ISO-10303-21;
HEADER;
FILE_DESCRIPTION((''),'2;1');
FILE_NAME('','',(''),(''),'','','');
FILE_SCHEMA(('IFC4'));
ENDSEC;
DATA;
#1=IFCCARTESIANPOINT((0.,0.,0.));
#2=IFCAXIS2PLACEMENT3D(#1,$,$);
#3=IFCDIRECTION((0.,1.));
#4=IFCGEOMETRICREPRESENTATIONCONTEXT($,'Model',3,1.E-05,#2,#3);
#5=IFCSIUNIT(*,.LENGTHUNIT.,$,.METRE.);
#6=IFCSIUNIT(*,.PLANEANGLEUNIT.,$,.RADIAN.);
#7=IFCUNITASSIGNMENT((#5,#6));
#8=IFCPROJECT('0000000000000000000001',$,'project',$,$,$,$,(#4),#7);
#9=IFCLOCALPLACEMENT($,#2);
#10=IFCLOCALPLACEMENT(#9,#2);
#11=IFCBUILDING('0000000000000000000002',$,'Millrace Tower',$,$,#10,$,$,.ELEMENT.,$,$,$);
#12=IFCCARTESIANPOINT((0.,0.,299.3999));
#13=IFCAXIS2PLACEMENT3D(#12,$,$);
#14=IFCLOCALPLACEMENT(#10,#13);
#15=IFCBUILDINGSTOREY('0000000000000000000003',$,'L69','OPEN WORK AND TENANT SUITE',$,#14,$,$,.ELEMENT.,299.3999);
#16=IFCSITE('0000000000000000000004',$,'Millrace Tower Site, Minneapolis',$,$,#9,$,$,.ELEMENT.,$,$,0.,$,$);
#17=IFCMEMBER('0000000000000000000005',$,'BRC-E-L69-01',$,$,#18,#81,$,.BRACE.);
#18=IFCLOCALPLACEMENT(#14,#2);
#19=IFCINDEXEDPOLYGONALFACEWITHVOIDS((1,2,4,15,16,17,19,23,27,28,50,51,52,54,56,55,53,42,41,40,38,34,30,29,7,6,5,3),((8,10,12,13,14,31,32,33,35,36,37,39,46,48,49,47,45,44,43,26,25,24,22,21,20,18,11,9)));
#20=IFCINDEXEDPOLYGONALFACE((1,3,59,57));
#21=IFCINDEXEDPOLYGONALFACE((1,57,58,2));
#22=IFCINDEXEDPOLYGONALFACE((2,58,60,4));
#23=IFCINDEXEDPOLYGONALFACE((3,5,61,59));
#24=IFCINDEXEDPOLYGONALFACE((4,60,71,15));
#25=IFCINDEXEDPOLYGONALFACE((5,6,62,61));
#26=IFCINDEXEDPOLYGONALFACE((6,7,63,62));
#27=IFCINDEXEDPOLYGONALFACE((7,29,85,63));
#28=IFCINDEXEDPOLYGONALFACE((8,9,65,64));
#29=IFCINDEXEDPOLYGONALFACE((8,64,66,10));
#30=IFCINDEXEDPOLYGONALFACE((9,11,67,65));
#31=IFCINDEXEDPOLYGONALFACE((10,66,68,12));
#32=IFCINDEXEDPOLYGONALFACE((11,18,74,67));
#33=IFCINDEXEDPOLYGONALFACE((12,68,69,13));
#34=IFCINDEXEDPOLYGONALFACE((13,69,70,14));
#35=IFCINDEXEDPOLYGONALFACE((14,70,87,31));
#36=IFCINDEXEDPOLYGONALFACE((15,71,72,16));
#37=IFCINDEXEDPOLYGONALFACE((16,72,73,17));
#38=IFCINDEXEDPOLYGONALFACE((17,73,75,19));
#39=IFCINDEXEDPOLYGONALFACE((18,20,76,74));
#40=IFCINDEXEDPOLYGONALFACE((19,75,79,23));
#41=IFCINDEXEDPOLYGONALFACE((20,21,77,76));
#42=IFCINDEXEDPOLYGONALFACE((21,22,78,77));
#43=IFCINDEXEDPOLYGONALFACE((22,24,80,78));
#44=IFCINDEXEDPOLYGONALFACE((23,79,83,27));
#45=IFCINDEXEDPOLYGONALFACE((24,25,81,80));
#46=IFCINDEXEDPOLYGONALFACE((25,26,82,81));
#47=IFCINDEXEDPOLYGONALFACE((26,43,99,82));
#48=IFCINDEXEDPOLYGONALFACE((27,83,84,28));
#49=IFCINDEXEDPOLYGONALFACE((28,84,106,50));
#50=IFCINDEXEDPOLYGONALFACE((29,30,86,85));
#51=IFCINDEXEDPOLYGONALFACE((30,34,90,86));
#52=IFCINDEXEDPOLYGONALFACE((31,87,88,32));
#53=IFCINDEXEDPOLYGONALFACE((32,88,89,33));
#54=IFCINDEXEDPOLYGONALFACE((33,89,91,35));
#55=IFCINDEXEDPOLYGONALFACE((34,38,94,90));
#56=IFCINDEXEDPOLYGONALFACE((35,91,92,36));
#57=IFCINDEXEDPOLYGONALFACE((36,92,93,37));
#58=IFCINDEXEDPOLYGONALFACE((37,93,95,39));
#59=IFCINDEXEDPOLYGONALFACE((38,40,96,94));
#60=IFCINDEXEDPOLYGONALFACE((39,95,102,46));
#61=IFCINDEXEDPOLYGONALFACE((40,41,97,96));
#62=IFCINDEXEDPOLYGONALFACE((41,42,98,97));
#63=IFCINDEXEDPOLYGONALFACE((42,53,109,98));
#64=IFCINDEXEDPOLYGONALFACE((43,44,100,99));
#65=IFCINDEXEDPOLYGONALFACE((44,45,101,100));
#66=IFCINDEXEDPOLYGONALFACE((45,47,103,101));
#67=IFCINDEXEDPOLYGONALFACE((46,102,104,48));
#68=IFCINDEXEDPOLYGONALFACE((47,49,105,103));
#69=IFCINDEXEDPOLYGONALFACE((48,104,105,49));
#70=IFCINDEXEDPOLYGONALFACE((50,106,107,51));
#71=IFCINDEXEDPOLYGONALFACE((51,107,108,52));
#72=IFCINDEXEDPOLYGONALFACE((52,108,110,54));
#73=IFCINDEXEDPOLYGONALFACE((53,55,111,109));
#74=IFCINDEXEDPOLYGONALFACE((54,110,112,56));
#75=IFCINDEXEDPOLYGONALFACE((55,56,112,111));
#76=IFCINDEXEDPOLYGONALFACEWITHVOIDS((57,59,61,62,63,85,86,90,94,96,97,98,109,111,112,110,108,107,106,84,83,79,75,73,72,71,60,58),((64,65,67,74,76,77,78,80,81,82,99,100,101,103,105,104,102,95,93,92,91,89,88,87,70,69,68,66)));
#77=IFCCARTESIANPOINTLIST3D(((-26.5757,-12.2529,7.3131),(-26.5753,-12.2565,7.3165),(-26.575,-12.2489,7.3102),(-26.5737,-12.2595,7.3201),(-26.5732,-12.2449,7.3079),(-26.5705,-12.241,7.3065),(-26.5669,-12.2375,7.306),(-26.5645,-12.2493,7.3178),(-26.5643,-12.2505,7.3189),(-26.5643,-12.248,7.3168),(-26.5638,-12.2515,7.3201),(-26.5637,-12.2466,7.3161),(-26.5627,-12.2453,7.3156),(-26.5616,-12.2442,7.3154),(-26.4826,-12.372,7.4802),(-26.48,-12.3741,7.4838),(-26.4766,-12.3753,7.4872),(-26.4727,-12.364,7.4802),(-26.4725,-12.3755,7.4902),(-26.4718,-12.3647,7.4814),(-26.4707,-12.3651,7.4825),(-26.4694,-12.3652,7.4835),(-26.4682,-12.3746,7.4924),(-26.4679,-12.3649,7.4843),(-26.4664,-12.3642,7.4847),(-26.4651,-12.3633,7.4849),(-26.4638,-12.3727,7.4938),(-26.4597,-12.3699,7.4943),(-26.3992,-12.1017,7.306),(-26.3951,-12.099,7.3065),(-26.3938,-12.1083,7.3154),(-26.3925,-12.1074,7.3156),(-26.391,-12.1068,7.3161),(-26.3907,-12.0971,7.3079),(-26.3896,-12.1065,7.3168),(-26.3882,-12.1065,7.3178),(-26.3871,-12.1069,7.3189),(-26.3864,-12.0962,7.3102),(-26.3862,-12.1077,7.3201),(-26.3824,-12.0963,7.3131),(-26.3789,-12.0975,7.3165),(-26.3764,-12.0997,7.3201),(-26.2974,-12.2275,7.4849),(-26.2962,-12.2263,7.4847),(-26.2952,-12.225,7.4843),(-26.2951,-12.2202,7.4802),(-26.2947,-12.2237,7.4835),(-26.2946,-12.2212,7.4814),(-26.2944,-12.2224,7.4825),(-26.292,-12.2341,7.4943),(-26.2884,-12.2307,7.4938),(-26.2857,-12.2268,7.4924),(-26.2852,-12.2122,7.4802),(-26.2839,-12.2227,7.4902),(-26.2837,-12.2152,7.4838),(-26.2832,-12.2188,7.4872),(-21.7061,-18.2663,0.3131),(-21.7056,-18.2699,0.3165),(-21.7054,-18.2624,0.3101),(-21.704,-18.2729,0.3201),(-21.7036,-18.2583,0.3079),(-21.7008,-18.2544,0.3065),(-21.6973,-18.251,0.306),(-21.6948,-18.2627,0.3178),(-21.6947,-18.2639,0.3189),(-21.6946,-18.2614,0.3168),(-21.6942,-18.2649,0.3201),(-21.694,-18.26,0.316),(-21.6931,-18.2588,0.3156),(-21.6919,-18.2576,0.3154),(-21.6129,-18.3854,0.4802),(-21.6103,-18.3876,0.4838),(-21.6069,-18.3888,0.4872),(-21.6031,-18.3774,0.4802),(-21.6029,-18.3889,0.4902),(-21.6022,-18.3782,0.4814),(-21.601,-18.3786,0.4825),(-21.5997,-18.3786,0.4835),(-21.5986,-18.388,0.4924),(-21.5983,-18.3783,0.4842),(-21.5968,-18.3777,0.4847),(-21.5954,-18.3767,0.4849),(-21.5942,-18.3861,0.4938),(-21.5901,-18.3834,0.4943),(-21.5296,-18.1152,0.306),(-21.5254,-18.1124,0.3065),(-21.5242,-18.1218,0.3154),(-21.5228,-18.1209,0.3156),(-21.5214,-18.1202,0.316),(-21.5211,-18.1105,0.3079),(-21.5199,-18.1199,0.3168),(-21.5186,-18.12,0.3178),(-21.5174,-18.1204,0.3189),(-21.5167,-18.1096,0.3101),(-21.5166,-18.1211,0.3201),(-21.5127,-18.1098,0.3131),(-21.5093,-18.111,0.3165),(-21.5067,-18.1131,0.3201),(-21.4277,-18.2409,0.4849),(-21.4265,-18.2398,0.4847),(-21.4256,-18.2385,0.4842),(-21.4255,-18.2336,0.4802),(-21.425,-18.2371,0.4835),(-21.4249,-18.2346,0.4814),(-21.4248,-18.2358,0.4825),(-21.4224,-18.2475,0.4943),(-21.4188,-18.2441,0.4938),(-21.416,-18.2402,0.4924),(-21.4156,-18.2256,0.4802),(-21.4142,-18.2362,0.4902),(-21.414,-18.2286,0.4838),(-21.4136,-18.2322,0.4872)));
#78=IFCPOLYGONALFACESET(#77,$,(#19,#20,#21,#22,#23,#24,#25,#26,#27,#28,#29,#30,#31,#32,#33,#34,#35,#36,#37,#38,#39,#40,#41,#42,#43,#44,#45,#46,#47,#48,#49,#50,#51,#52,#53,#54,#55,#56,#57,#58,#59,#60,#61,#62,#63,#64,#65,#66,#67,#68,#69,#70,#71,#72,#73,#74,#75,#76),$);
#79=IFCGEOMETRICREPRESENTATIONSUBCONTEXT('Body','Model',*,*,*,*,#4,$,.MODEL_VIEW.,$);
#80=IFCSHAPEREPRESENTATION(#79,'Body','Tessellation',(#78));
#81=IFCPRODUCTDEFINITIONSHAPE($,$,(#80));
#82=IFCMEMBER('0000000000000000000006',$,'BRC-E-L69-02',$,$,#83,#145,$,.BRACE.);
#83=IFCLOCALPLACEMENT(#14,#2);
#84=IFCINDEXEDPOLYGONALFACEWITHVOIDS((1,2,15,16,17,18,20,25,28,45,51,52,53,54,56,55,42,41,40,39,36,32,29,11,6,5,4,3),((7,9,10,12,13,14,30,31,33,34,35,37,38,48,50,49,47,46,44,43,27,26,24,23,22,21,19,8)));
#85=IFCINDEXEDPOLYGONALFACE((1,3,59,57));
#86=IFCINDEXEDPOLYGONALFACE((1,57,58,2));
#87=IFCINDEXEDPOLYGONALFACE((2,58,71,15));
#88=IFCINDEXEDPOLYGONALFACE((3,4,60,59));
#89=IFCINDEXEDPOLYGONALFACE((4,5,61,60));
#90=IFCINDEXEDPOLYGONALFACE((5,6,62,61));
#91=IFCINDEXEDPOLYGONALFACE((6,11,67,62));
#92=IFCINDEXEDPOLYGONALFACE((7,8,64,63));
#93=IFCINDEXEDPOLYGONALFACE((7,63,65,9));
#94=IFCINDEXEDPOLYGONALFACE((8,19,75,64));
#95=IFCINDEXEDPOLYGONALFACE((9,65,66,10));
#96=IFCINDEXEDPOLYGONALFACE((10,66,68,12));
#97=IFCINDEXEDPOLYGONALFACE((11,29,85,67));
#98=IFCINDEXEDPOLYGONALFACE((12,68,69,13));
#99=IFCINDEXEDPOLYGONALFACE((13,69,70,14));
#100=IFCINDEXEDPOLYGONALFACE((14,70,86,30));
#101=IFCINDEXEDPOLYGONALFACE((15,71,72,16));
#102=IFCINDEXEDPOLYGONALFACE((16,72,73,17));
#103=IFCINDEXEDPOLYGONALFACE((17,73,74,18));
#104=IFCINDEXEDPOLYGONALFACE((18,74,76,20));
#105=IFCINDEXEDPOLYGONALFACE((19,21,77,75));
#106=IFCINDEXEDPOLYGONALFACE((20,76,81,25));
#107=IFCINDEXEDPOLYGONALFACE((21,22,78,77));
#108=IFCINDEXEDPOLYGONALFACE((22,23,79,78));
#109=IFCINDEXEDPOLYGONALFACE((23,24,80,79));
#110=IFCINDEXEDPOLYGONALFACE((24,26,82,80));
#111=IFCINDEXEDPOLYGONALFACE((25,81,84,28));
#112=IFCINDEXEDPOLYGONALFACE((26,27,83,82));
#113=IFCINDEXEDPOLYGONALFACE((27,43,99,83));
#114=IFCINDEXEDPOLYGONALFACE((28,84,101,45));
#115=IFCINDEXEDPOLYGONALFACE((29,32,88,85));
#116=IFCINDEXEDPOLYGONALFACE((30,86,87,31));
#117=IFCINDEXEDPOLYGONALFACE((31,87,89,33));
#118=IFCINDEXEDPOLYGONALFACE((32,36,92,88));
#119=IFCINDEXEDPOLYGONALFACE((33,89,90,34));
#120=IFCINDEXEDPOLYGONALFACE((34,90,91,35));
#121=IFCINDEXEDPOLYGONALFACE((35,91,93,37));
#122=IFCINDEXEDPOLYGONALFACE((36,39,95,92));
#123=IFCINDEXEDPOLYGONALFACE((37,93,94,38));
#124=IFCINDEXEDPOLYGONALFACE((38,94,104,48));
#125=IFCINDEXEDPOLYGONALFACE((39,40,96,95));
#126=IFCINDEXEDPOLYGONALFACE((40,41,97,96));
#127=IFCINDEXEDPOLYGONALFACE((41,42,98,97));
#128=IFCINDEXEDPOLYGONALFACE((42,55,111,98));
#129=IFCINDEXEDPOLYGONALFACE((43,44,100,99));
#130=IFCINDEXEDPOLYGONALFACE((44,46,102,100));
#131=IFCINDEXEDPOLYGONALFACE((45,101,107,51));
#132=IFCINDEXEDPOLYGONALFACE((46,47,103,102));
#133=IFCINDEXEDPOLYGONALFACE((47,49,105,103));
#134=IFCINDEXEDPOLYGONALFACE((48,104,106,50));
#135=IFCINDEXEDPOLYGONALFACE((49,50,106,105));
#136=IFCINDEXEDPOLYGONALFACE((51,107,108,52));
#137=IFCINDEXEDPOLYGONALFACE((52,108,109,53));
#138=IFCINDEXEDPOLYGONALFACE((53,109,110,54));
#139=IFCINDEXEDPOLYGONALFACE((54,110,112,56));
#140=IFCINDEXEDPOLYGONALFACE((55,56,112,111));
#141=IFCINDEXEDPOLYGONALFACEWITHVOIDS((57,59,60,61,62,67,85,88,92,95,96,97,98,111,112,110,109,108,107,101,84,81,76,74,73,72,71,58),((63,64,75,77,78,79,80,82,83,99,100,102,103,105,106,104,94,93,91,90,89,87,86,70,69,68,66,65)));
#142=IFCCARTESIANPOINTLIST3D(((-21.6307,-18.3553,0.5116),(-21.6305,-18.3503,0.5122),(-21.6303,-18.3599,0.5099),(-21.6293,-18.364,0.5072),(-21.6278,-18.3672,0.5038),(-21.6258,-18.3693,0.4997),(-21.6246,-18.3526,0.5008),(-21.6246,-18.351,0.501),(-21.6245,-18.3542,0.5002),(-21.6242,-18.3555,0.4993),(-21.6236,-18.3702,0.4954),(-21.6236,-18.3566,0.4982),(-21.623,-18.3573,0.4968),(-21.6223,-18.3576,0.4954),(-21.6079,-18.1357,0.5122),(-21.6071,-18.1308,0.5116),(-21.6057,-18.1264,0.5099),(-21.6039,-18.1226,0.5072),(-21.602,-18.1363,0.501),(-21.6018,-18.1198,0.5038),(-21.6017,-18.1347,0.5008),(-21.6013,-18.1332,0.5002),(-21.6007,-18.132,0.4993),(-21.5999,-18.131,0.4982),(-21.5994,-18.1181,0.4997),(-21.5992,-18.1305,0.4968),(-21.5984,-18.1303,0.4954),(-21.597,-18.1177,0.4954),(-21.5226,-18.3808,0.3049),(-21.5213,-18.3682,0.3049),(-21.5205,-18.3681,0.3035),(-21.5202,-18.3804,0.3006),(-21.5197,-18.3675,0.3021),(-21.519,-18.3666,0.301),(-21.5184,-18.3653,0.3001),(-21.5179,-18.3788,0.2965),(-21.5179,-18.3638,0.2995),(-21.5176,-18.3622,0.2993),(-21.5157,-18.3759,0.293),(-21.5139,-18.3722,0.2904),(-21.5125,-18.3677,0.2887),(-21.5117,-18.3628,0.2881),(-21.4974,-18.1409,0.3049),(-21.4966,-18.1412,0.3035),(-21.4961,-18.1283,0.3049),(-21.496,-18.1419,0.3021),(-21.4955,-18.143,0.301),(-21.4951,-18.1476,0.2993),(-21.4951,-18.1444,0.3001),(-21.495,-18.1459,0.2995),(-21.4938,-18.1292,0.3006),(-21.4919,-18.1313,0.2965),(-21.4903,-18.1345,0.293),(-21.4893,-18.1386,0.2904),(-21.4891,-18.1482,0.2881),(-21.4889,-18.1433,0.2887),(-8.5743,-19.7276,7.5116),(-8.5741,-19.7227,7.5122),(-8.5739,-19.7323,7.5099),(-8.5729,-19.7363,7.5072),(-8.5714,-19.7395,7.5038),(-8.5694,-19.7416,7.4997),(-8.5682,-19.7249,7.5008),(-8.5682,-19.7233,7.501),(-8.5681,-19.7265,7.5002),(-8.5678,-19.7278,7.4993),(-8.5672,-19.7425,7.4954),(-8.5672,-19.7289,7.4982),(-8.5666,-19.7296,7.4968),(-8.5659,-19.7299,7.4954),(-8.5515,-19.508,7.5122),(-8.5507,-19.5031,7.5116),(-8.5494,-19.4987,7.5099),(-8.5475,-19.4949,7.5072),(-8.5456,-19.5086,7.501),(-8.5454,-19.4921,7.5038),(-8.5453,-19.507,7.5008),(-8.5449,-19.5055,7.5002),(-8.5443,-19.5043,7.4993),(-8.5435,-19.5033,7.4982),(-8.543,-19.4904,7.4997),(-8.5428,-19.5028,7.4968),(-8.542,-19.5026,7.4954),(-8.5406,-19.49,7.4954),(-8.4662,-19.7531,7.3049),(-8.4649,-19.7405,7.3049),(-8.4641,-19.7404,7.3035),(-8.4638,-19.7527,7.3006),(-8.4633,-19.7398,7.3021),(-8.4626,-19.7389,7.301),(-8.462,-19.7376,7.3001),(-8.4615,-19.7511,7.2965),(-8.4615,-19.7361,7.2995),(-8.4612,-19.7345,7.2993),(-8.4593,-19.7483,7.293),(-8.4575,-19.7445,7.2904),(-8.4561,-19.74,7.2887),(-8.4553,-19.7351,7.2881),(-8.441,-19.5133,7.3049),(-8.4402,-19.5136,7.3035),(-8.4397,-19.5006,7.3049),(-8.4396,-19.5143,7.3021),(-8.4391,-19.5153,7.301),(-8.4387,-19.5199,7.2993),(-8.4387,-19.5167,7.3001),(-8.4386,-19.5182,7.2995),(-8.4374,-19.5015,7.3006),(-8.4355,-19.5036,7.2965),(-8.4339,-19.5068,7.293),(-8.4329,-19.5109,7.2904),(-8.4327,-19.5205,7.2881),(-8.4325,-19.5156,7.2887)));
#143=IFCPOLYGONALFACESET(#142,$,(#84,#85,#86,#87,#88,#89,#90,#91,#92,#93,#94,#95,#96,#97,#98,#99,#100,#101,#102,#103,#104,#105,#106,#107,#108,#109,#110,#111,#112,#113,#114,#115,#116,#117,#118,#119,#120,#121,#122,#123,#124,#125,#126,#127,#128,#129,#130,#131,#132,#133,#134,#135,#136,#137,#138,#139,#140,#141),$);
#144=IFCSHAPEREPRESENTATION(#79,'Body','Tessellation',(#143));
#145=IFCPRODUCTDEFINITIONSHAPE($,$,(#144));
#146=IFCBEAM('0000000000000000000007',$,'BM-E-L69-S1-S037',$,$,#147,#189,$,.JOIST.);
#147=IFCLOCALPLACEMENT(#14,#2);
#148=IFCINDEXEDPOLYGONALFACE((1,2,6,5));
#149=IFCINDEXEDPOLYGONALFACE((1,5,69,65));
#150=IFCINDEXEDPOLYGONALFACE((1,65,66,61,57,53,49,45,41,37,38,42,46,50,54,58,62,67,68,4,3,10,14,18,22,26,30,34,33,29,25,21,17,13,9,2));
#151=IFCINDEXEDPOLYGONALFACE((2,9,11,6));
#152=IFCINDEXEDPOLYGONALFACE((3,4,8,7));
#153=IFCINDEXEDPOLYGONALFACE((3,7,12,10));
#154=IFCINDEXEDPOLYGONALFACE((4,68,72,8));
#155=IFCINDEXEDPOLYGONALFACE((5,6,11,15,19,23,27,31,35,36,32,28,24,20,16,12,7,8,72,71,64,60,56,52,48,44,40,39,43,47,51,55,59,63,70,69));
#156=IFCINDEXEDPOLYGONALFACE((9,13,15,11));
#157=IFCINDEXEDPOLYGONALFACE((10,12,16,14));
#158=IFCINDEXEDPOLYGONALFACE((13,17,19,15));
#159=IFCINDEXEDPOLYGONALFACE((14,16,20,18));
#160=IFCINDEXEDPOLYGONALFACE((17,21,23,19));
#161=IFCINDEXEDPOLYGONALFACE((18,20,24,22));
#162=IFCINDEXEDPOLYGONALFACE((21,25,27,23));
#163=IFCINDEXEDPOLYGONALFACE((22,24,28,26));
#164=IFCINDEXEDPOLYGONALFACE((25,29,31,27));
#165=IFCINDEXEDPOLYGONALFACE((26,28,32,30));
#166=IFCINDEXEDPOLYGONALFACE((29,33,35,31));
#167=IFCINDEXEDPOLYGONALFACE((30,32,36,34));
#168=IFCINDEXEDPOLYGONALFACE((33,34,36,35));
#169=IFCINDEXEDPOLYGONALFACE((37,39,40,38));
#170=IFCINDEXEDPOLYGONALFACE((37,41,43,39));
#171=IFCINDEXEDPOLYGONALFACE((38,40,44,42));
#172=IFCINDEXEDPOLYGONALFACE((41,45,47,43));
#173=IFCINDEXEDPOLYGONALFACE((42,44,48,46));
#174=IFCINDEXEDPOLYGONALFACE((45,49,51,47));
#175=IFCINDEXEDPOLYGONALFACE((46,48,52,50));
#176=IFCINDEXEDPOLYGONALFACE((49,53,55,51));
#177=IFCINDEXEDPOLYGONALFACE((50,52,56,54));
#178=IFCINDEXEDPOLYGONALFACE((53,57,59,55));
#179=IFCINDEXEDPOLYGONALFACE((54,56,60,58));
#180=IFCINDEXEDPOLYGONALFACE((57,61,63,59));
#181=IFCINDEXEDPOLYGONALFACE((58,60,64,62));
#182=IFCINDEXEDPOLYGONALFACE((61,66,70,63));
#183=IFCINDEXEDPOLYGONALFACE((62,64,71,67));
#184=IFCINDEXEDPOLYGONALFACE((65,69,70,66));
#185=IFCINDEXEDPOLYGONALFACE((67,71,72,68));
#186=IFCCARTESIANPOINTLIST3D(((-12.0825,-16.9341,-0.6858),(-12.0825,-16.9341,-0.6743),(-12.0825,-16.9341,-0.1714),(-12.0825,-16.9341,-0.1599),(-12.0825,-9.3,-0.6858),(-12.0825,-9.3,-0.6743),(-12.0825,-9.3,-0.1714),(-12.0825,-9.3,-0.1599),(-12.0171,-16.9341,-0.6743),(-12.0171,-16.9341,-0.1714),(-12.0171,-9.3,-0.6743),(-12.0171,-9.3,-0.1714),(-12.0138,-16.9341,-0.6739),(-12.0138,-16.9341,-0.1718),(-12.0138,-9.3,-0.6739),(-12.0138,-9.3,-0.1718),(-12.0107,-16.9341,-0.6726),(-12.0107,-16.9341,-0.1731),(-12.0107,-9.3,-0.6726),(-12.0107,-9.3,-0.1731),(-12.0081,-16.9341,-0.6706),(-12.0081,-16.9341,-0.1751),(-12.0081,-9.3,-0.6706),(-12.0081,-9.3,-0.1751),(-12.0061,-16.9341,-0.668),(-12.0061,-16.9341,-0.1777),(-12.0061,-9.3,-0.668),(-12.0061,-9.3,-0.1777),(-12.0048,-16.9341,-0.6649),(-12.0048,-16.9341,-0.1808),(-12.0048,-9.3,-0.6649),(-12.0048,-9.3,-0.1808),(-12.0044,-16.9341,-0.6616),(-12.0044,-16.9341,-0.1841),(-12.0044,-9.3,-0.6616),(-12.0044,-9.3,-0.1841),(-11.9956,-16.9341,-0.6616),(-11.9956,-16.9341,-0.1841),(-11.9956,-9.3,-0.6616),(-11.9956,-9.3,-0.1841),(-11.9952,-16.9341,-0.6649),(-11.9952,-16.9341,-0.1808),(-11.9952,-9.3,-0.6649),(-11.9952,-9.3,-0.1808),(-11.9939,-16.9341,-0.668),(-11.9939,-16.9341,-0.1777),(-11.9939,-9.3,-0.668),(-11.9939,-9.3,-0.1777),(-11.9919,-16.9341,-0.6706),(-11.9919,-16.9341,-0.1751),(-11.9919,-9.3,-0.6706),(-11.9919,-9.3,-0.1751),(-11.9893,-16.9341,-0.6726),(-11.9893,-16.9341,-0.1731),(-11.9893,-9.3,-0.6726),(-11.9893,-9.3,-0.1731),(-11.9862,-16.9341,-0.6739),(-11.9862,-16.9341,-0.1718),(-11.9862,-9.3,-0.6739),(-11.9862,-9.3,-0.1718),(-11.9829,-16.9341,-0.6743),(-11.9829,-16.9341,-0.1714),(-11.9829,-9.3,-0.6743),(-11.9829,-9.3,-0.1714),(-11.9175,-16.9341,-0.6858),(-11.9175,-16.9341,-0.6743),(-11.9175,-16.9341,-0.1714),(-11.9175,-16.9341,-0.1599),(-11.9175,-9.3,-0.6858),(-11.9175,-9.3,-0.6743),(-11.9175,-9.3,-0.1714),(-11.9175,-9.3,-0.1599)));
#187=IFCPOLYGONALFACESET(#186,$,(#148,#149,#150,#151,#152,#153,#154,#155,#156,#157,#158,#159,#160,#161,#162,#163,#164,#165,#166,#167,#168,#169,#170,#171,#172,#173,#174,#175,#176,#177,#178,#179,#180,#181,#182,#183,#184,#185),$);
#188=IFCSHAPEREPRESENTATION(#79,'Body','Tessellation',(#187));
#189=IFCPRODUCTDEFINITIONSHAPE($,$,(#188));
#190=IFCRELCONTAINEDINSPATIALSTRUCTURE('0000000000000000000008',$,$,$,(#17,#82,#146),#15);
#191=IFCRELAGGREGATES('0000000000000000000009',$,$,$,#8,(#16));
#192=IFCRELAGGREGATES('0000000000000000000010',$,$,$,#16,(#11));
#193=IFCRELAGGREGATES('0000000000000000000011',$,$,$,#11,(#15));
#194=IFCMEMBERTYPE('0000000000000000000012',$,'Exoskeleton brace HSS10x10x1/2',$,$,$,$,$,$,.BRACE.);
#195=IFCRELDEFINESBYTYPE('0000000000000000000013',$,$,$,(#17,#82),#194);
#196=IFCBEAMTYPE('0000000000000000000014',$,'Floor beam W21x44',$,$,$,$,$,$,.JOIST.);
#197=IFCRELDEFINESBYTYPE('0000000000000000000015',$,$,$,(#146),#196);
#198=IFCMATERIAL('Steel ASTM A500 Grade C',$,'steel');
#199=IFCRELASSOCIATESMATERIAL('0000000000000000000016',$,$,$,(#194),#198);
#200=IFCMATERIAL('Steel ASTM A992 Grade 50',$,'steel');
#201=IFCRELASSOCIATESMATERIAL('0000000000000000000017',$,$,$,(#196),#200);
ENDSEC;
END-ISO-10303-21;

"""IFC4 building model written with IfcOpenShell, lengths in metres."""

from ifc_helpers import new_model, si_unit, direction, frame, origin, origin_2d, place, context, subcontext, project, spatial, hollow_rectangle, i_section, extrude, material, material_profile, profile_set, type_object, element, save


model = new_model("IFC4")

# Units and contexts
model_context = context("Model", 3, precision=1e-05, world=origin(), true_north=direction((0.0, 1.0)))
body_context = subcontext(model_context, "Body", "Model", "MODEL_VIEW")
ifc_project = project(units=[si_unit("LENGTHUNIT", "METRE"), si_unit("PLANEANGLEUNIT", "RADIAN")], contexts=[model_context])

# Site, building, storey
site_placement = place(None, origin())
site = spatial("IfcSite", under=ifc_project, at=site_placement, Name="Millrace Tower Site, Minneapolis", CompositionType="ELEMENT", RefElevation=0.0)
building_placement = place(site_placement, origin())
building = spatial("IfcBuilding", under=site, at=building_placement, Name="Millrace Tower", CompositionType="ELEMENT")
storey_placement = place(building_placement, frame((0.0, 0.0, 299.3999)))
storey = spatial("IfcBuildingStorey", under=building, at=storey_placement, Name="L69", Description="OPEN WORK AND TENANT SUITE", CompositionType="ELEMENT", Elevation=299.3999)

# Members
ifc_material_1 = material(Name="Steel ASTM A500 Grade C", Category="steel")
ifc_material_profile_1 = material_profile(ifc_material_1, hollow_rectangle(XDim=0.2539, YDim=0.2539, WallThickness=0.0127, InnerFilletRadius=0.0063, OuterFilletRadius=0.019, at=origin_2d()))
ifc_profile_set_1 = profile_set([ifc_material_profile_1], Name="Steel ASTM A500 Grade C")
member_type_1 = type_object("IfcMemberType", Name="Exoskeleton brace HSS10x10x1/2", PredefinedType="BRACE", material=ifc_profile_set_1)
member_1_placement = place(storey_placement, frame((-21.5598, -18.2493, 0.4001), z_axis=(-0.466694, 0.576314, 0.670864), x_axis=(-0.777143, -0.629324, 0.0)))
element("IfcMember", 1, at=member_1_placement, inside=storey, type_object=member_type_1, Name="BRC-E-L69-01", PredefinedType="BRACE", context=body_context, shape_type="SweptSolid", body=[
    extrude(hollow_rectangle(XDim=0.2539, YDim=0.2539, WallThickness=0.0127, InnerFilletRadius=0.0063, OuterFilletRadius=0.019, at=origin_2d()), origin(), (0.0, 0.0, 1.0), 10.4343),
])
member_2_placement = place(storey_placement, frame((-21.5598, -18.2493, 0.4001), z_axis=(0.877568, -0.092238, 0.470496), x_axis=(0.104531, 0.994522, 0.0)))
element("IfcMember", 2, at=member_2_placement, inside=storey, type_object=member_type_1, Name="BRC-E-L69-02", PredefinedType="BRACE", context=body_context, shape_type="SweptSolid", body=[
    extrude(hollow_rectangle(XDim=0.2539, YDim=0.2539, WallThickness=0.0127, InnerFilletRadius=0.0063, OuterFilletRadius=0.019, at=origin_2d()), origin(), (0.0, 0.0, 1.0), 14.8779),
])

# Beam
ifc_material_2 = material(Name="Steel ASTM A992 Grade 50", Category="steel")
ifc_material_profile_2 = material_profile(ifc_material_2, i_section(OverallWidth=0.165, OverallDepth=0.5259, WebThickness=0.0088, FlangeThickness=0.0115, FilletRadius=0.0127, at=origin_2d()))
ifc_profile_set_2 = profile_set([ifc_material_profile_2], Name="Steel ASTM A992 Grade 50")
beam_type_1 = type_object("IfcBeamType", Name="Floor beam W21x44", PredefinedType="JOIST", material=ifc_profile_set_2)
beam_1_placement = place(storey_placement, frame((-12.0, -16.9341, -0.4229), z_axis=(0.0, 1.0, 0.0), x_axis=(-1.0, 0.0, 0.0)))
element("IfcBeam", 3, at=beam_1_placement, inside=storey, type_object=beam_type_1, Name="BM-E-L69-S1-S037", PredefinedType="JOIST", context=body_context, shape_type="SweptSolid", body=[
    extrude(i_section(OverallWidth=0.165, OverallDepth=0.5259, WebThickness=0.0088, FlangeThickness=0.0115, FilletRadius=0.0127, at=origin_2d()), origin(), (0.0, 0.0, 1.0), 7.634),
])

save(model, "model.ifc")
